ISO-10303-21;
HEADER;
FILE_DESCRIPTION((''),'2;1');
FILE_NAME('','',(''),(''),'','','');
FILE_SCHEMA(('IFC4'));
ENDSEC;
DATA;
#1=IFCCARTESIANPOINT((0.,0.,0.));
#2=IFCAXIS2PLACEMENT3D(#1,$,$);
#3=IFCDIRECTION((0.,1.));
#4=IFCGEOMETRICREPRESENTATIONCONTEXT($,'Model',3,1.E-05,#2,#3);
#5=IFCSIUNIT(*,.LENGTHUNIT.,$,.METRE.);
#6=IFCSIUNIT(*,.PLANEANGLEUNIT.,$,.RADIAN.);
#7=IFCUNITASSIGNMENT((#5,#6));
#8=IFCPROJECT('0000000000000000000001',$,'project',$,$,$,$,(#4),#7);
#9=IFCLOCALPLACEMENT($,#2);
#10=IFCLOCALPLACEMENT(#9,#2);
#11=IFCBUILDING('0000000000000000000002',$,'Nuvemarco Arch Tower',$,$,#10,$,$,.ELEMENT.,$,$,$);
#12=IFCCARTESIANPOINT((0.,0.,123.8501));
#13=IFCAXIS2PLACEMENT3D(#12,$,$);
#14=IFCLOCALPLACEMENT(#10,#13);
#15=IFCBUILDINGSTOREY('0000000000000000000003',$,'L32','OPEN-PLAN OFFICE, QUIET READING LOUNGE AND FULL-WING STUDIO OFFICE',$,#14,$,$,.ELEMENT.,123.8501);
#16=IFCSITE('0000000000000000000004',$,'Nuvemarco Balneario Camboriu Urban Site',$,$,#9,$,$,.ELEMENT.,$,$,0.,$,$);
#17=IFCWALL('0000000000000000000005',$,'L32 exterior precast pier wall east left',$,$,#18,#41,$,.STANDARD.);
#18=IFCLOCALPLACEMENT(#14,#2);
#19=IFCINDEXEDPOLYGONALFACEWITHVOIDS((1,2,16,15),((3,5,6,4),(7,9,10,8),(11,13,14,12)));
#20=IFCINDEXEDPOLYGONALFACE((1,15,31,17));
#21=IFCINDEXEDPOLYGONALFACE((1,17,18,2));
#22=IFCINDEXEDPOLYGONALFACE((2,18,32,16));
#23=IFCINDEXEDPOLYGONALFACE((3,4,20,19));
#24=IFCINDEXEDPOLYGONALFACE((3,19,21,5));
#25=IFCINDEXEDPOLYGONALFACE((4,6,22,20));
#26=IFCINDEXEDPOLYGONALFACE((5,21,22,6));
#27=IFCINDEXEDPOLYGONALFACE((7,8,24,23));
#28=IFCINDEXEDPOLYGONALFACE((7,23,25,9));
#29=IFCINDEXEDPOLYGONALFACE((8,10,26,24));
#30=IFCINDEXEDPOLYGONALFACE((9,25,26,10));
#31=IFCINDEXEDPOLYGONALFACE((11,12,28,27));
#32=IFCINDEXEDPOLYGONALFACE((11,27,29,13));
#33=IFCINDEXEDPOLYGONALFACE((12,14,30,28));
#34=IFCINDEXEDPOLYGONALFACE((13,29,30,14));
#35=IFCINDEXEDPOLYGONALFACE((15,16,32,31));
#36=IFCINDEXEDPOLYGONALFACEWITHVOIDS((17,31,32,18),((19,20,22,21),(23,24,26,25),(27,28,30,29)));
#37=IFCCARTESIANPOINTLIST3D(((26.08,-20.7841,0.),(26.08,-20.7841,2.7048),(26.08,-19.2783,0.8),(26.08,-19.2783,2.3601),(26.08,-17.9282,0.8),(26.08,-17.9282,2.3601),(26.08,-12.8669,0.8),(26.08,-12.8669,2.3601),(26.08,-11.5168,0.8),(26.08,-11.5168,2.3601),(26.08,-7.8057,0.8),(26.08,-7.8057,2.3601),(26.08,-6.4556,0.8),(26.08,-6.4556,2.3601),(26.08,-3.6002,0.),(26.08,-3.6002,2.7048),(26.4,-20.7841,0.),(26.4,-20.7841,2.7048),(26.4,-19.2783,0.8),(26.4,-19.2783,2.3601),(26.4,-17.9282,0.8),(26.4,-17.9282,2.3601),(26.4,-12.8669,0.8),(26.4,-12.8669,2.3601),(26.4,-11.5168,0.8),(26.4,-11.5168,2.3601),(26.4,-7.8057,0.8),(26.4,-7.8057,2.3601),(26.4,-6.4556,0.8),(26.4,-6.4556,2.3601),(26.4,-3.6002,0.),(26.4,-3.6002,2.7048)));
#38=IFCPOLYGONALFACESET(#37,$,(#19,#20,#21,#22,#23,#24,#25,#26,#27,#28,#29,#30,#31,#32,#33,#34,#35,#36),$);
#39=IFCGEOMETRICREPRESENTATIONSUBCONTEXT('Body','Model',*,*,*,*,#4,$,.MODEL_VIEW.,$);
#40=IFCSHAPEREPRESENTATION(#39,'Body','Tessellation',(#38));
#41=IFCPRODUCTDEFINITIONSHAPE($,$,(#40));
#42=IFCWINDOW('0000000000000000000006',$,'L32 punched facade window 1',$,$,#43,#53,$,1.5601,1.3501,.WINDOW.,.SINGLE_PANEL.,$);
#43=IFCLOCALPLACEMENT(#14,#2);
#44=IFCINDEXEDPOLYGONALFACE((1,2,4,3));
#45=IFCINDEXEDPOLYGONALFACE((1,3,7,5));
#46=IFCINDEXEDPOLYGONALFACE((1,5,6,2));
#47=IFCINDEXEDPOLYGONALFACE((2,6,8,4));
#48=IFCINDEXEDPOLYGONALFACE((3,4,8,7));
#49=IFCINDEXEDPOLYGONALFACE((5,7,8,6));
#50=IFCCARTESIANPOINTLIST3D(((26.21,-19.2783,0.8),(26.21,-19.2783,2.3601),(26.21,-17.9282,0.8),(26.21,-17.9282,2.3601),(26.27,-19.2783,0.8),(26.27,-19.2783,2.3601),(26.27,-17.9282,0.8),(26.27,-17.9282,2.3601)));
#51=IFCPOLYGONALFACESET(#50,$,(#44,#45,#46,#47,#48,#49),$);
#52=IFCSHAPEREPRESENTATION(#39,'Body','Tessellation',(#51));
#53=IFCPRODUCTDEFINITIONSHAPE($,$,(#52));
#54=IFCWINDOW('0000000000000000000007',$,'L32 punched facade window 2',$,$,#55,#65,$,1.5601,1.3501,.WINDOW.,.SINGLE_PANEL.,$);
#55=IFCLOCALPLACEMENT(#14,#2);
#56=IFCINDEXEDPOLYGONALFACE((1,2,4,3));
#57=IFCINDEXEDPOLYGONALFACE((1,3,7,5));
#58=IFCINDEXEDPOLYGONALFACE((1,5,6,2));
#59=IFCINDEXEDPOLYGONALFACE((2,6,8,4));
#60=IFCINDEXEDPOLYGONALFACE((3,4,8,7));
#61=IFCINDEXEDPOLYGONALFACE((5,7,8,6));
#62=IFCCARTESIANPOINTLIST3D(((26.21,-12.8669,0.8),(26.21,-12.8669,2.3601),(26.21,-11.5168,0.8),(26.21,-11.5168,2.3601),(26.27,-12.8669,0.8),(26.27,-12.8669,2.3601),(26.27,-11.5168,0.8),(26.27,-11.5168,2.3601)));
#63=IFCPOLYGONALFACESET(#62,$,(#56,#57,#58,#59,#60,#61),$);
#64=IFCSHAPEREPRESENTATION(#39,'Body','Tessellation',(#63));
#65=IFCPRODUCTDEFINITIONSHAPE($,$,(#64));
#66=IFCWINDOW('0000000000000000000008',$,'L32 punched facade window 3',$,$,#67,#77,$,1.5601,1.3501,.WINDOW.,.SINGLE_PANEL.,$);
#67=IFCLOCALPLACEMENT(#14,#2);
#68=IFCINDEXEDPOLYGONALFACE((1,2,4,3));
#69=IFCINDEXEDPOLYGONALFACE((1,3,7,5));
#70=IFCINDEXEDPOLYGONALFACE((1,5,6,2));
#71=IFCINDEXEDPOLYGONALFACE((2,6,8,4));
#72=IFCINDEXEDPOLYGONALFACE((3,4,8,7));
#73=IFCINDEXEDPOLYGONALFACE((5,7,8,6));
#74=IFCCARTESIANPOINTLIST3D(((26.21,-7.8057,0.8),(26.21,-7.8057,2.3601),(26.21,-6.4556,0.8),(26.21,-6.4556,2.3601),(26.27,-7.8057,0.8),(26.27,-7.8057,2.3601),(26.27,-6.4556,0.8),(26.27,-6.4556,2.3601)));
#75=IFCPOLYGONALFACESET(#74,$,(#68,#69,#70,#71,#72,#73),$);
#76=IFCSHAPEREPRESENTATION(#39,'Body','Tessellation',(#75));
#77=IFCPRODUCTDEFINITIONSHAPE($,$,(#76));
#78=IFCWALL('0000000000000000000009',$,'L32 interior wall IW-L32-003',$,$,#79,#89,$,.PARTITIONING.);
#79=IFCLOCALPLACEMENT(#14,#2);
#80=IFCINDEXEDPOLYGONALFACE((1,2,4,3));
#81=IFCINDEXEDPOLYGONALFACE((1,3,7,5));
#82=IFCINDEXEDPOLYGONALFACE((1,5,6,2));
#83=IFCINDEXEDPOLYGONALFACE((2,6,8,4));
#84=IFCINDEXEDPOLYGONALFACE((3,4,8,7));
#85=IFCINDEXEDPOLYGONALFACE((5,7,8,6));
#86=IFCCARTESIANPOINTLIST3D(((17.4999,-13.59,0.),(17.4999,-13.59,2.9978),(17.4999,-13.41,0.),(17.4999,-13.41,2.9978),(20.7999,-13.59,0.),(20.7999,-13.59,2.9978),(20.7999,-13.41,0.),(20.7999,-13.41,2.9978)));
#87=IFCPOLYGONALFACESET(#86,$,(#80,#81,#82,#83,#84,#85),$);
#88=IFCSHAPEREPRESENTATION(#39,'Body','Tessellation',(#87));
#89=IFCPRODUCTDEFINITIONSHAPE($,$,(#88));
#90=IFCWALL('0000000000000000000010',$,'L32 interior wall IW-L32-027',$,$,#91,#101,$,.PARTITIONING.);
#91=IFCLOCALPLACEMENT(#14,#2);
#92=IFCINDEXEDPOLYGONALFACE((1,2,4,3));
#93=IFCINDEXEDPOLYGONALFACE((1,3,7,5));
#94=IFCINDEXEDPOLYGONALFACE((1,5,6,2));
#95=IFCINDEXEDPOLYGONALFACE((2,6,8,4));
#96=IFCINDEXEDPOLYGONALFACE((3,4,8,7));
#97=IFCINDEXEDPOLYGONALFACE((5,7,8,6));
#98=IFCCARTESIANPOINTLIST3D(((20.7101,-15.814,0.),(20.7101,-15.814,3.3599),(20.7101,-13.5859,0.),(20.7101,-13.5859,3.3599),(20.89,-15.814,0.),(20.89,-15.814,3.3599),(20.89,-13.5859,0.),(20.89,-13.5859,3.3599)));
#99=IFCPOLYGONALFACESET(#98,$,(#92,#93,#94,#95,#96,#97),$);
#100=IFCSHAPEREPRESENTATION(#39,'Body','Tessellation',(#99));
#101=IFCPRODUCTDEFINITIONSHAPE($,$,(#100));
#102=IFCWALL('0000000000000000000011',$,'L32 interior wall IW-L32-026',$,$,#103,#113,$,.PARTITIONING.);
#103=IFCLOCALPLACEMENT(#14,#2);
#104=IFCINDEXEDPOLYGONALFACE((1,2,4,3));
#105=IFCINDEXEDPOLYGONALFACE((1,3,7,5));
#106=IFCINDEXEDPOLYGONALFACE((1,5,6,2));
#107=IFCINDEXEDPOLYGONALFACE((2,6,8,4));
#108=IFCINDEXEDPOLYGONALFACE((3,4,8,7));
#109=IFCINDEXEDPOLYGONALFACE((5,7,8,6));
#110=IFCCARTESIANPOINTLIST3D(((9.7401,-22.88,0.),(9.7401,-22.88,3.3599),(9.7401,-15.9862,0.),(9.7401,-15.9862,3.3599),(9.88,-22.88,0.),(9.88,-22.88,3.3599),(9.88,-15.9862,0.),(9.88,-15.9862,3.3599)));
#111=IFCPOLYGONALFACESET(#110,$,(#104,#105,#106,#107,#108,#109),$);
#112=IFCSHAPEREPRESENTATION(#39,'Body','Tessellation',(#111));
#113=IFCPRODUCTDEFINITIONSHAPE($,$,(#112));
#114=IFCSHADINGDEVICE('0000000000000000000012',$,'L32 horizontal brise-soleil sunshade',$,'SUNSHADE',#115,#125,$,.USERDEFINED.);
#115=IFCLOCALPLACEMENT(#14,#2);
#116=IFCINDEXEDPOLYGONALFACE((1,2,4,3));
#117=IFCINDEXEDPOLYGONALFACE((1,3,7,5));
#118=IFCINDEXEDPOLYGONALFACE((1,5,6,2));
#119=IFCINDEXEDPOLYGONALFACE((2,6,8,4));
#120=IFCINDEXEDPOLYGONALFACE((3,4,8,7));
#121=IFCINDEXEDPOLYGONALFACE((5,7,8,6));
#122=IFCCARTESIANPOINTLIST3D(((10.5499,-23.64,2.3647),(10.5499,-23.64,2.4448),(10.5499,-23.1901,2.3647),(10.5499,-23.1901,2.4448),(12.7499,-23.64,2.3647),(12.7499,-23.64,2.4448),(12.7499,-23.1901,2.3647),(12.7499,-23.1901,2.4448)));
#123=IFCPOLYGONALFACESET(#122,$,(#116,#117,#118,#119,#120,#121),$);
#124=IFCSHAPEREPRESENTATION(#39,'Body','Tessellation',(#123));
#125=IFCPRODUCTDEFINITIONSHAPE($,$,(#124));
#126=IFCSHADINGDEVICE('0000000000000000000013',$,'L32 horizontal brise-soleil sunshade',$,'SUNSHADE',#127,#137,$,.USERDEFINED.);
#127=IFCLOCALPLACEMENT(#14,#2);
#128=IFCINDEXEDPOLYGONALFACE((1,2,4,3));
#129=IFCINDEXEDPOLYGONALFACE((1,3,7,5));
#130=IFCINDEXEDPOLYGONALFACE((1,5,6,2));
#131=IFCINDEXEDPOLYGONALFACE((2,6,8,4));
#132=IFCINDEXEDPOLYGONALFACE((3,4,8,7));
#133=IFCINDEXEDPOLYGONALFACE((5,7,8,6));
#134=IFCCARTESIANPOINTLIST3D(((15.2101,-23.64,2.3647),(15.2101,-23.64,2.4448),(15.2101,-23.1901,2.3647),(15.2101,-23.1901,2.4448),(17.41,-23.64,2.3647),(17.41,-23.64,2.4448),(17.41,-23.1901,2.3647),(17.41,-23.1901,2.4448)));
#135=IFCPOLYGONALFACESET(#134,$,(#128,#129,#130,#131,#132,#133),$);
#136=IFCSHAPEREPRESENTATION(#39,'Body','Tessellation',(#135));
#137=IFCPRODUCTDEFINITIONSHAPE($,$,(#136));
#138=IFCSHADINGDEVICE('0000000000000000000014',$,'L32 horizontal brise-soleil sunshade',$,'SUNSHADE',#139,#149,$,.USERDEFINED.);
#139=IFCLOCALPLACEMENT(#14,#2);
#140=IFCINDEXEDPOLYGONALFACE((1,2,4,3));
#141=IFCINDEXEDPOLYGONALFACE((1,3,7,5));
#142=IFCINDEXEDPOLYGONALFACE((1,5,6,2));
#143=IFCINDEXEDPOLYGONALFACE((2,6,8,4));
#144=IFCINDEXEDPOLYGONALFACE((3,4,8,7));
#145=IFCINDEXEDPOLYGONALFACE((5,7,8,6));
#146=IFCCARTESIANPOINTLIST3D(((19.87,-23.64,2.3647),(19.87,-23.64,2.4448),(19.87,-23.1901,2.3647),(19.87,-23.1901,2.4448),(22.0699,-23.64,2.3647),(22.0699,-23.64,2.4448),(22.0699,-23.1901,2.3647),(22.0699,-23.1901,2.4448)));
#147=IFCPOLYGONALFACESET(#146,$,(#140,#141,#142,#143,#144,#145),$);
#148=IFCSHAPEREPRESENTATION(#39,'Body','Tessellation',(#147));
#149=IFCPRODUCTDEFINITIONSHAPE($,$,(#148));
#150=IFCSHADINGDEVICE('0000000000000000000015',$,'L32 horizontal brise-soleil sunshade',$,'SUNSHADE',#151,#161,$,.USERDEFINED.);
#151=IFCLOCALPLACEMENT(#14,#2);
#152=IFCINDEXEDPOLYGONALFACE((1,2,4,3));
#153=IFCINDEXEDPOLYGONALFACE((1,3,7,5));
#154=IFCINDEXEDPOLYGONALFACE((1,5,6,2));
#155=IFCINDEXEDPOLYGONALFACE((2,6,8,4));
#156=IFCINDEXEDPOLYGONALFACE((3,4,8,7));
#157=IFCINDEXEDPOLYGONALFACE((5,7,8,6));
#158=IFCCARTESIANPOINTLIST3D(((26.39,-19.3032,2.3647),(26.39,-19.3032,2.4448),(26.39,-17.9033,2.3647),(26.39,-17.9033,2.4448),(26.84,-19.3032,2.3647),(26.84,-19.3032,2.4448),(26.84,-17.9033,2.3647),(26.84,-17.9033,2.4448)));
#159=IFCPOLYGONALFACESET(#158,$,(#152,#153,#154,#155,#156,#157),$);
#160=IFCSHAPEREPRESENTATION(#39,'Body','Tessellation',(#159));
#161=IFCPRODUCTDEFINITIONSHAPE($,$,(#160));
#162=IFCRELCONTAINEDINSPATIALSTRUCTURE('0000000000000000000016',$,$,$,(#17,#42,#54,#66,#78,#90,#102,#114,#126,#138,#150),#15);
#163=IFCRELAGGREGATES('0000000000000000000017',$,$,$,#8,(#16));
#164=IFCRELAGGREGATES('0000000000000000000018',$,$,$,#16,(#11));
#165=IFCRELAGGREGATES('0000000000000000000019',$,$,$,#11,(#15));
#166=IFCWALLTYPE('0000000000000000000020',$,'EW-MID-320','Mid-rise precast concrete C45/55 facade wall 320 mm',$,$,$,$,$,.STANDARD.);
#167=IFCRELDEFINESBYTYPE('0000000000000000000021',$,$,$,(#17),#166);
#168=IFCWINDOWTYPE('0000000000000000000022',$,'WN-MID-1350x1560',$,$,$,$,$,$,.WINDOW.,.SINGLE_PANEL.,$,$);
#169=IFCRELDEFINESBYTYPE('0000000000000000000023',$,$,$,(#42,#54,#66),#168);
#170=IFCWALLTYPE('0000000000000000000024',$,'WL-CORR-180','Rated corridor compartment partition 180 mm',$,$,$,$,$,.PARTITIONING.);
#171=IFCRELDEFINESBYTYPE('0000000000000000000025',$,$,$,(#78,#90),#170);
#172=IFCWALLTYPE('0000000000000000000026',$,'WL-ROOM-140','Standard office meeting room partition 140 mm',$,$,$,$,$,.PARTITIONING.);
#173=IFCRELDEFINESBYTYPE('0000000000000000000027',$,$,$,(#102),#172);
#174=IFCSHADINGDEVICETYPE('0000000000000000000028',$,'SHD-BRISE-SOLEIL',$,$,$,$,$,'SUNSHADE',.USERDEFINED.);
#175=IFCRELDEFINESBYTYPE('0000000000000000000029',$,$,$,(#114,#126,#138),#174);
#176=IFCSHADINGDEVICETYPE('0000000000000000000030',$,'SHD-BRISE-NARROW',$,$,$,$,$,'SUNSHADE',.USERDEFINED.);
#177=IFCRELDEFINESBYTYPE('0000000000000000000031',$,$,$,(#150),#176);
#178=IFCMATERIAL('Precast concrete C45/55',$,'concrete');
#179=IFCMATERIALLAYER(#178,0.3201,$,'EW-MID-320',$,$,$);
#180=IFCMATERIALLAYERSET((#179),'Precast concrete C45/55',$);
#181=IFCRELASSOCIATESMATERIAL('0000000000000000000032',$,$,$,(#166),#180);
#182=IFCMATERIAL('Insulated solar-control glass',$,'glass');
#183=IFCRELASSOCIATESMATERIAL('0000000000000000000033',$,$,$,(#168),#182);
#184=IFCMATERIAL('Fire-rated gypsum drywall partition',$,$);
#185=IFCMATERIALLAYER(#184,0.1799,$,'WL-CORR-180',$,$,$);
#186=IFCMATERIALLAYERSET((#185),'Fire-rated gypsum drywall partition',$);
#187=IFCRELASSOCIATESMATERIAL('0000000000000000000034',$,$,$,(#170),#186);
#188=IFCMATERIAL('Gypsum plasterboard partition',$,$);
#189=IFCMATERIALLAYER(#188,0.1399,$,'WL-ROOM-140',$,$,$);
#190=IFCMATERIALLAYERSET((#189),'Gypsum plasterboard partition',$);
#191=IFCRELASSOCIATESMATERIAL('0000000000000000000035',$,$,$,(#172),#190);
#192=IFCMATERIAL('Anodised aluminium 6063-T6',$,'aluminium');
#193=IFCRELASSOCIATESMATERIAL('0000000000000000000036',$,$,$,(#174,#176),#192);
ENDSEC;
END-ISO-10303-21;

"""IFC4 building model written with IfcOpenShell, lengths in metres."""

from ifc_helpers import new_model, si_unit, direction, frame, frame_2d, origin, origin_2d, place, context, subcontext, project, spatial, rectangle, extrude, source, transform, mapped, material, layer, layer_set, type_object, type_shapes, element, fill, save


model = new_model("IFC4")

# Units and contexts
model_context = context("Model", 3, precision=1e-05, world=origin(), true_north=direction((0.0, 1.0)))
body_context = subcontext(model_context, "Body", "Model", "MODEL_VIEW")
ifc_project = project(units=[si_unit("LENGTHUNIT", "METRE"), si_unit("PLANEANGLEUNIT", "RADIAN")], contexts=[model_context])

# Site, building, storey
site_placement = place(None, origin())
site = spatial("IfcSite", under=ifc_project, at=site_placement, Name="Nuvemarco Balneario Camboriu Urban Site", CompositionType="ELEMENT", RefElevation=0.0)
building_placement = place(site_placement, origin())
building = spatial("IfcBuilding", under=site, at=building_placement, Name="Nuvemarco Arch Tower", CompositionType="ELEMENT")
storey_placement = place(building_placement, frame((0.0, 0.0, 123.8501)))
storey = spatial("IfcBuildingStorey", under=building, at=storey_placement, Name="L32", Description="OPEN-PLAN OFFICE, QUIET READING LOUNGE AND FULL-WING STUDIO OFFICE", CompositionType="ELEMENT", Elevation=123.8501)

# Shared definitions
ifc_material_1 = material(Name="Precast concrete C45/55", Category="concrete")

# Shared definitions
ifc_layer_1 = layer(ifc_material_1, 0.3201, Name="EW-MID-320")
ifc_layer_set_1 = layer_set([ifc_layer_1], Name="Precast concrete C45/55")
wall_type_1 = type_object("IfcWallType", Name="EW-MID-320", Description="Mid-rise precast concrete C45/55 facade wall 320 mm", PredefinedType="STANDARD", material=ifc_layer_set_1)

# Wall, openings, windows
wall_1_placement = place(storey_placement, frame((26.24, -20.7839, 0.0), z_axis=(0.0, 0.0, 1.0), x_axis=(0.0, 1.0, 0.0)))
wall_1 = element("IfcWall", 1, at=wall_1_placement, inside=storey, type_object=wall_type_1, Name="L32 exterior precast pier wall east left", PredefinedType="STANDARD", context=body_context, shape_type="SweptSolid", body=[
    extrude(rectangle(XDim=17.1838, YDim=0.3201, at=frame_2d((8.5918, 0.0))), origin(), (0.0, 0.0, 1.0), 2.7048),
])
opening_1_placement = place(wall_1_placement, frame((1.5056, 0.0, 0.8)))
opening_1 = element("IfcOpeningElement", 2, at=opening_1_placement, cuts=wall_1, PredefinedType="OPENING", context=body_context, shape_type="SweptSolid", body=[
    extrude(rectangle(XDim=1.3501, YDim=1.5601, at=frame_2d((0.675, 0.78))), frame((0.0, 0.1699, 0.0), z_axis=(0.0, -1.0, 0.0), x_axis=(1.0, 0.0, 0.0)), (0.0, 0.0, 1.0), 0.3401),
])
opening_2_placement = place(wall_1_placement, frame((7.917, 0.0, 0.8)))
opening_2 = element("IfcOpeningElement", 3, at=opening_2_placement, cuts=wall_1, PredefinedType="OPENING", context=body_context, shape_type="SweptSolid", body=[
    extrude(rectangle(XDim=1.3501, YDim=1.5601, at=frame_2d((0.675, 0.78))), frame((0.0, 0.1699, 0.0), z_axis=(0.0, -1.0, 0.0), x_axis=(1.0, 0.0, 0.0)), (0.0, 0.0, 1.0), 0.3401),
])
opening_3_placement = place(wall_1_placement, frame((12.9783, 0.0, 0.8)))
opening_3 = element("IfcOpeningElement", 4, at=opening_3_placement, cuts=wall_1, PredefinedType="OPENING", context=body_context, shape_type="SweptSolid", body=[
    extrude(rectangle(XDim=1.3501, YDim=1.5601, at=frame_2d((0.675, 0.78))), frame((0.0, 0.1699, 0.0), z_axis=(0.0, -1.0, 0.0), x_axis=(1.0, 0.0, 0.0)), (0.0, 0.0, 1.0), 0.3401),
])
ifc_material_2 = material(Name="Insulated solar-control glass", Category="glass")
window_type = type_object("IfcWindowType", Name="WN-MID-1350x1560", PartitioningType="SINGLE_PANEL", PredefinedType="WINDOW", material=ifc_material_2)
shared_shape_1 = source(origin(), body_context, "Body", "SweptSolid", [
    extrude(rectangle(XDim=1.3501, YDim=1.5601, at=frame_2d((0.675, 0.78))), frame((0.0, 0.03, 0.0), z_axis=(0.0, -1.0, 0.0), x_axis=(1.0, 0.0, 0.0)), (0.0, 0.0, 1.0), 0.0601),
])
type_shapes(window_type, [shared_shape_1])
window_1_placement = place(opening_1_placement, origin())
window_1 = element("IfcWindow", 5, at=window_1_placement, inside=storey, type_object=window_type, Name="L32 punched facade window 1", OverallHeight=1.5601, OverallWidth=1.3501, PartitioningType="SINGLE_PANEL", PredefinedType="WINDOW", context=body_context, shape_type="MappedRepresentation", body=[
    mapped(shared_shape_1, transform((0.0, 0.0, 0.0), scale=1.0)),
])
fill(opening_1, window_1)
window_2_placement = place(opening_2_placement, origin())
window_2 = element("IfcWindow", 6, at=window_2_placement, inside=storey, type_object=window_type, Name="L32 punched facade window 2", OverallHeight=1.5601, OverallWidth=1.3501, PartitioningType="SINGLE_PANEL", PredefinedType="WINDOW", context=body_context, shape_type="MappedRepresentation", body=[
    mapped(shared_shape_1, transform((0.0, 0.0, 0.0), scale=1.0)),
])
fill(opening_2, window_2)
window_3_placement = place(opening_3_placement, origin())
window_3 = element("IfcWindow", 7, at=window_3_placement, inside=storey, type_object=window_type, Name="L32 punched facade window 3", OverallHeight=1.5601, OverallWidth=1.3501, PartitioningType="SINGLE_PANEL", PredefinedType="WINDOW", context=body_context, shape_type="MappedRepresentation", body=[
    mapped(shared_shape_1, transform((0.0, 0.0, 0.0), scale=1.0)),
])
fill(opening_3, window_3)

# Walls
ifc_material_3 = material(Name="Fire-rated gypsum drywall partition")
ifc_layer_2 = layer(ifc_material_3, 0.1799, Name="WL-CORR-180")
ifc_layer_set_2 = layer_set([ifc_layer_2], Name="Fire-rated gypsum drywall partition")
wall_type_2 = type_object("IfcWallType", Name="WL-CORR-180", Description="Rated corridor compartment partition 180 mm", PredefinedType="PARTITIONING", material=ifc_layer_set_2)
wall_2_placement = place(storey_placement, frame((17.5, -13.5, 0.0), z_axis=(0.0, 0.0, 1.0), x_axis=(1.0, 0.0, 0.0)))
element("IfcWall", 8, at=wall_2_placement, inside=storey, type_object=wall_type_2, Name="L32 interior wall IW-L32-003", PredefinedType="PARTITIONING", context=body_context, shape_type="SweptSolid", body=[
    extrude(rectangle(XDim=3.3, YDim=0.1799, at=frame_2d((1.6499, 0.0))), origin(), (0.0, 0.0, 1.0), 2.9978),
])
wall_3_placement = place(storey_placement, frame((20.8, -15.814, 0.0), z_axis=(0.0, 0.0, 1.0), x_axis=(0.0, 1.0, 0.0)))
element("IfcWall", 9, at=wall_3_placement, inside=storey, type_object=wall_type_2, Name="L32 interior wall IW-L32-027", PredefinedType="PARTITIONING", context=body_context, shape_type="SweptSolid", body=[
    extrude(rectangle(XDim=2.228, YDim=0.1799, at=frame_2d((1.114, 0.0))), origin(), (0.0, 0.0, 1.0), 3.3599),
])
ifc_material_4 = material(Name="Gypsum plasterboard partition")
ifc_layer_3 = layer(ifc_material_4, 0.1399, Name="WL-ROOM-140")
ifc_layer_set_3 = layer_set([ifc_layer_3], Name="Gypsum plasterboard partition")
wall_type_3 = type_object("IfcWallType", Name="WL-ROOM-140", Description="Standard office meeting room partition 140 mm", PredefinedType="PARTITIONING", material=ifc_layer_set_3)
wall_4_placement = place(storey_placement, frame((9.8101, -22.8799, 0.0), z_axis=(0.0, 0.0, 1.0), x_axis=(0.0, 1.0, 0.0)))
element("IfcWall", 10, at=wall_4_placement, inside=storey, type_object=wall_type_3, Name="L32 interior wall IW-L32-026", PredefinedType="PARTITIONING", context=body_context, shape_type="SweptSolid", body=[
    extrude(rectangle(XDim=6.8938, YDim=0.1399, at=frame_2d((3.4468, 0.0))), origin(), (0.0, 0.0, 1.0), 3.3599),
])

# Shading devices
ifc_material_5 = material(Name="Anodised aluminium 6063-T6", Category="aluminium")
shading_device_type_1 = type_object("IfcShadingDeviceType", Name="SHD-BRISE-SOLEIL", ElementType="SUNSHADE", PredefinedType="USERDEFINED", material=ifc_material_5)
shared_shape_2 = source(origin(), body_context, "Body", "SweptSolid", [
    extrude(rectangle(XDim=2.2, YDim=0.45, at=origin_2d()), origin(), (0.0, 0.0, 1.0), 0.0801),
])
type_shapes(shading_device_type_1, [shared_shape_2])
for number, where, z_axis, x_axis, name in (
    (11, (11.6499, -23.415, 2.3647), (0.0, 0.0, 1.0), (1.0, 0.0, 0.0), "L32 horizontal brise-soleil sunshade"),
    (12, (16.3101, -23.415, 2.3647), (0.0, 0.0, 1.0), (1.0, 0.0, 0.0), "L32 horizontal brise-soleil sunshade"),
    (13, (20.97, -23.415, 2.3647), (0.0, 0.0, 1.0), (1.0, 0.0, 0.0), "L32 horizontal brise-soleil sunshade"),
):
    element("IfcShadingDevice", number, at=place(storey_placement, frame(where, z_axis=z_axis, x_axis=x_axis)), inside=storey, type_object=shading_device_type_1, Name=name, ObjectType="SUNSHADE", PredefinedType="USERDEFINED", context=body_context, shape_type="MappedRepresentation", body=[
        mapped(shared_shape_2, transform((0.0, 0.0, 0.0), scale=1.0)),
    ])
shading_device_type_2 = type_object("IfcShadingDeviceType", Name="SHD-BRISE-NARROW", ElementType="SUNSHADE", PredefinedType="USERDEFINED", material=ifc_material_5)
shared_shape_3 = source(origin(), body_context, "Body", "SweptSolid", [
    extrude(rectangle(XDim=1.3999, YDim=0.45, at=origin_2d()), origin(), (0.0, 0.0, 1.0), 0.0801),
])
type_shapes(shading_device_type_2, [shared_shape_3])
shading_device_placement = place(storey_placement, frame((26.615, -18.6033, 2.3647), z_axis=(0.0, 0.0, 1.0), x_axis=(0.0, 1.0, 0.0)))
element("IfcShadingDevice", 14, at=shading_device_placement, inside=storey, type_object=shading_device_type_2, Name="L32 horizontal brise-soleil sunshade", ObjectType="SUNSHADE", PredefinedType="USERDEFINED", context=body_context, shape_type="MappedRepresentation", body=[
    mapped(shared_shape_3, transform((0.0, 0.0, 0.0), scale=1.0)),
])

save(model, "model.ifc")
